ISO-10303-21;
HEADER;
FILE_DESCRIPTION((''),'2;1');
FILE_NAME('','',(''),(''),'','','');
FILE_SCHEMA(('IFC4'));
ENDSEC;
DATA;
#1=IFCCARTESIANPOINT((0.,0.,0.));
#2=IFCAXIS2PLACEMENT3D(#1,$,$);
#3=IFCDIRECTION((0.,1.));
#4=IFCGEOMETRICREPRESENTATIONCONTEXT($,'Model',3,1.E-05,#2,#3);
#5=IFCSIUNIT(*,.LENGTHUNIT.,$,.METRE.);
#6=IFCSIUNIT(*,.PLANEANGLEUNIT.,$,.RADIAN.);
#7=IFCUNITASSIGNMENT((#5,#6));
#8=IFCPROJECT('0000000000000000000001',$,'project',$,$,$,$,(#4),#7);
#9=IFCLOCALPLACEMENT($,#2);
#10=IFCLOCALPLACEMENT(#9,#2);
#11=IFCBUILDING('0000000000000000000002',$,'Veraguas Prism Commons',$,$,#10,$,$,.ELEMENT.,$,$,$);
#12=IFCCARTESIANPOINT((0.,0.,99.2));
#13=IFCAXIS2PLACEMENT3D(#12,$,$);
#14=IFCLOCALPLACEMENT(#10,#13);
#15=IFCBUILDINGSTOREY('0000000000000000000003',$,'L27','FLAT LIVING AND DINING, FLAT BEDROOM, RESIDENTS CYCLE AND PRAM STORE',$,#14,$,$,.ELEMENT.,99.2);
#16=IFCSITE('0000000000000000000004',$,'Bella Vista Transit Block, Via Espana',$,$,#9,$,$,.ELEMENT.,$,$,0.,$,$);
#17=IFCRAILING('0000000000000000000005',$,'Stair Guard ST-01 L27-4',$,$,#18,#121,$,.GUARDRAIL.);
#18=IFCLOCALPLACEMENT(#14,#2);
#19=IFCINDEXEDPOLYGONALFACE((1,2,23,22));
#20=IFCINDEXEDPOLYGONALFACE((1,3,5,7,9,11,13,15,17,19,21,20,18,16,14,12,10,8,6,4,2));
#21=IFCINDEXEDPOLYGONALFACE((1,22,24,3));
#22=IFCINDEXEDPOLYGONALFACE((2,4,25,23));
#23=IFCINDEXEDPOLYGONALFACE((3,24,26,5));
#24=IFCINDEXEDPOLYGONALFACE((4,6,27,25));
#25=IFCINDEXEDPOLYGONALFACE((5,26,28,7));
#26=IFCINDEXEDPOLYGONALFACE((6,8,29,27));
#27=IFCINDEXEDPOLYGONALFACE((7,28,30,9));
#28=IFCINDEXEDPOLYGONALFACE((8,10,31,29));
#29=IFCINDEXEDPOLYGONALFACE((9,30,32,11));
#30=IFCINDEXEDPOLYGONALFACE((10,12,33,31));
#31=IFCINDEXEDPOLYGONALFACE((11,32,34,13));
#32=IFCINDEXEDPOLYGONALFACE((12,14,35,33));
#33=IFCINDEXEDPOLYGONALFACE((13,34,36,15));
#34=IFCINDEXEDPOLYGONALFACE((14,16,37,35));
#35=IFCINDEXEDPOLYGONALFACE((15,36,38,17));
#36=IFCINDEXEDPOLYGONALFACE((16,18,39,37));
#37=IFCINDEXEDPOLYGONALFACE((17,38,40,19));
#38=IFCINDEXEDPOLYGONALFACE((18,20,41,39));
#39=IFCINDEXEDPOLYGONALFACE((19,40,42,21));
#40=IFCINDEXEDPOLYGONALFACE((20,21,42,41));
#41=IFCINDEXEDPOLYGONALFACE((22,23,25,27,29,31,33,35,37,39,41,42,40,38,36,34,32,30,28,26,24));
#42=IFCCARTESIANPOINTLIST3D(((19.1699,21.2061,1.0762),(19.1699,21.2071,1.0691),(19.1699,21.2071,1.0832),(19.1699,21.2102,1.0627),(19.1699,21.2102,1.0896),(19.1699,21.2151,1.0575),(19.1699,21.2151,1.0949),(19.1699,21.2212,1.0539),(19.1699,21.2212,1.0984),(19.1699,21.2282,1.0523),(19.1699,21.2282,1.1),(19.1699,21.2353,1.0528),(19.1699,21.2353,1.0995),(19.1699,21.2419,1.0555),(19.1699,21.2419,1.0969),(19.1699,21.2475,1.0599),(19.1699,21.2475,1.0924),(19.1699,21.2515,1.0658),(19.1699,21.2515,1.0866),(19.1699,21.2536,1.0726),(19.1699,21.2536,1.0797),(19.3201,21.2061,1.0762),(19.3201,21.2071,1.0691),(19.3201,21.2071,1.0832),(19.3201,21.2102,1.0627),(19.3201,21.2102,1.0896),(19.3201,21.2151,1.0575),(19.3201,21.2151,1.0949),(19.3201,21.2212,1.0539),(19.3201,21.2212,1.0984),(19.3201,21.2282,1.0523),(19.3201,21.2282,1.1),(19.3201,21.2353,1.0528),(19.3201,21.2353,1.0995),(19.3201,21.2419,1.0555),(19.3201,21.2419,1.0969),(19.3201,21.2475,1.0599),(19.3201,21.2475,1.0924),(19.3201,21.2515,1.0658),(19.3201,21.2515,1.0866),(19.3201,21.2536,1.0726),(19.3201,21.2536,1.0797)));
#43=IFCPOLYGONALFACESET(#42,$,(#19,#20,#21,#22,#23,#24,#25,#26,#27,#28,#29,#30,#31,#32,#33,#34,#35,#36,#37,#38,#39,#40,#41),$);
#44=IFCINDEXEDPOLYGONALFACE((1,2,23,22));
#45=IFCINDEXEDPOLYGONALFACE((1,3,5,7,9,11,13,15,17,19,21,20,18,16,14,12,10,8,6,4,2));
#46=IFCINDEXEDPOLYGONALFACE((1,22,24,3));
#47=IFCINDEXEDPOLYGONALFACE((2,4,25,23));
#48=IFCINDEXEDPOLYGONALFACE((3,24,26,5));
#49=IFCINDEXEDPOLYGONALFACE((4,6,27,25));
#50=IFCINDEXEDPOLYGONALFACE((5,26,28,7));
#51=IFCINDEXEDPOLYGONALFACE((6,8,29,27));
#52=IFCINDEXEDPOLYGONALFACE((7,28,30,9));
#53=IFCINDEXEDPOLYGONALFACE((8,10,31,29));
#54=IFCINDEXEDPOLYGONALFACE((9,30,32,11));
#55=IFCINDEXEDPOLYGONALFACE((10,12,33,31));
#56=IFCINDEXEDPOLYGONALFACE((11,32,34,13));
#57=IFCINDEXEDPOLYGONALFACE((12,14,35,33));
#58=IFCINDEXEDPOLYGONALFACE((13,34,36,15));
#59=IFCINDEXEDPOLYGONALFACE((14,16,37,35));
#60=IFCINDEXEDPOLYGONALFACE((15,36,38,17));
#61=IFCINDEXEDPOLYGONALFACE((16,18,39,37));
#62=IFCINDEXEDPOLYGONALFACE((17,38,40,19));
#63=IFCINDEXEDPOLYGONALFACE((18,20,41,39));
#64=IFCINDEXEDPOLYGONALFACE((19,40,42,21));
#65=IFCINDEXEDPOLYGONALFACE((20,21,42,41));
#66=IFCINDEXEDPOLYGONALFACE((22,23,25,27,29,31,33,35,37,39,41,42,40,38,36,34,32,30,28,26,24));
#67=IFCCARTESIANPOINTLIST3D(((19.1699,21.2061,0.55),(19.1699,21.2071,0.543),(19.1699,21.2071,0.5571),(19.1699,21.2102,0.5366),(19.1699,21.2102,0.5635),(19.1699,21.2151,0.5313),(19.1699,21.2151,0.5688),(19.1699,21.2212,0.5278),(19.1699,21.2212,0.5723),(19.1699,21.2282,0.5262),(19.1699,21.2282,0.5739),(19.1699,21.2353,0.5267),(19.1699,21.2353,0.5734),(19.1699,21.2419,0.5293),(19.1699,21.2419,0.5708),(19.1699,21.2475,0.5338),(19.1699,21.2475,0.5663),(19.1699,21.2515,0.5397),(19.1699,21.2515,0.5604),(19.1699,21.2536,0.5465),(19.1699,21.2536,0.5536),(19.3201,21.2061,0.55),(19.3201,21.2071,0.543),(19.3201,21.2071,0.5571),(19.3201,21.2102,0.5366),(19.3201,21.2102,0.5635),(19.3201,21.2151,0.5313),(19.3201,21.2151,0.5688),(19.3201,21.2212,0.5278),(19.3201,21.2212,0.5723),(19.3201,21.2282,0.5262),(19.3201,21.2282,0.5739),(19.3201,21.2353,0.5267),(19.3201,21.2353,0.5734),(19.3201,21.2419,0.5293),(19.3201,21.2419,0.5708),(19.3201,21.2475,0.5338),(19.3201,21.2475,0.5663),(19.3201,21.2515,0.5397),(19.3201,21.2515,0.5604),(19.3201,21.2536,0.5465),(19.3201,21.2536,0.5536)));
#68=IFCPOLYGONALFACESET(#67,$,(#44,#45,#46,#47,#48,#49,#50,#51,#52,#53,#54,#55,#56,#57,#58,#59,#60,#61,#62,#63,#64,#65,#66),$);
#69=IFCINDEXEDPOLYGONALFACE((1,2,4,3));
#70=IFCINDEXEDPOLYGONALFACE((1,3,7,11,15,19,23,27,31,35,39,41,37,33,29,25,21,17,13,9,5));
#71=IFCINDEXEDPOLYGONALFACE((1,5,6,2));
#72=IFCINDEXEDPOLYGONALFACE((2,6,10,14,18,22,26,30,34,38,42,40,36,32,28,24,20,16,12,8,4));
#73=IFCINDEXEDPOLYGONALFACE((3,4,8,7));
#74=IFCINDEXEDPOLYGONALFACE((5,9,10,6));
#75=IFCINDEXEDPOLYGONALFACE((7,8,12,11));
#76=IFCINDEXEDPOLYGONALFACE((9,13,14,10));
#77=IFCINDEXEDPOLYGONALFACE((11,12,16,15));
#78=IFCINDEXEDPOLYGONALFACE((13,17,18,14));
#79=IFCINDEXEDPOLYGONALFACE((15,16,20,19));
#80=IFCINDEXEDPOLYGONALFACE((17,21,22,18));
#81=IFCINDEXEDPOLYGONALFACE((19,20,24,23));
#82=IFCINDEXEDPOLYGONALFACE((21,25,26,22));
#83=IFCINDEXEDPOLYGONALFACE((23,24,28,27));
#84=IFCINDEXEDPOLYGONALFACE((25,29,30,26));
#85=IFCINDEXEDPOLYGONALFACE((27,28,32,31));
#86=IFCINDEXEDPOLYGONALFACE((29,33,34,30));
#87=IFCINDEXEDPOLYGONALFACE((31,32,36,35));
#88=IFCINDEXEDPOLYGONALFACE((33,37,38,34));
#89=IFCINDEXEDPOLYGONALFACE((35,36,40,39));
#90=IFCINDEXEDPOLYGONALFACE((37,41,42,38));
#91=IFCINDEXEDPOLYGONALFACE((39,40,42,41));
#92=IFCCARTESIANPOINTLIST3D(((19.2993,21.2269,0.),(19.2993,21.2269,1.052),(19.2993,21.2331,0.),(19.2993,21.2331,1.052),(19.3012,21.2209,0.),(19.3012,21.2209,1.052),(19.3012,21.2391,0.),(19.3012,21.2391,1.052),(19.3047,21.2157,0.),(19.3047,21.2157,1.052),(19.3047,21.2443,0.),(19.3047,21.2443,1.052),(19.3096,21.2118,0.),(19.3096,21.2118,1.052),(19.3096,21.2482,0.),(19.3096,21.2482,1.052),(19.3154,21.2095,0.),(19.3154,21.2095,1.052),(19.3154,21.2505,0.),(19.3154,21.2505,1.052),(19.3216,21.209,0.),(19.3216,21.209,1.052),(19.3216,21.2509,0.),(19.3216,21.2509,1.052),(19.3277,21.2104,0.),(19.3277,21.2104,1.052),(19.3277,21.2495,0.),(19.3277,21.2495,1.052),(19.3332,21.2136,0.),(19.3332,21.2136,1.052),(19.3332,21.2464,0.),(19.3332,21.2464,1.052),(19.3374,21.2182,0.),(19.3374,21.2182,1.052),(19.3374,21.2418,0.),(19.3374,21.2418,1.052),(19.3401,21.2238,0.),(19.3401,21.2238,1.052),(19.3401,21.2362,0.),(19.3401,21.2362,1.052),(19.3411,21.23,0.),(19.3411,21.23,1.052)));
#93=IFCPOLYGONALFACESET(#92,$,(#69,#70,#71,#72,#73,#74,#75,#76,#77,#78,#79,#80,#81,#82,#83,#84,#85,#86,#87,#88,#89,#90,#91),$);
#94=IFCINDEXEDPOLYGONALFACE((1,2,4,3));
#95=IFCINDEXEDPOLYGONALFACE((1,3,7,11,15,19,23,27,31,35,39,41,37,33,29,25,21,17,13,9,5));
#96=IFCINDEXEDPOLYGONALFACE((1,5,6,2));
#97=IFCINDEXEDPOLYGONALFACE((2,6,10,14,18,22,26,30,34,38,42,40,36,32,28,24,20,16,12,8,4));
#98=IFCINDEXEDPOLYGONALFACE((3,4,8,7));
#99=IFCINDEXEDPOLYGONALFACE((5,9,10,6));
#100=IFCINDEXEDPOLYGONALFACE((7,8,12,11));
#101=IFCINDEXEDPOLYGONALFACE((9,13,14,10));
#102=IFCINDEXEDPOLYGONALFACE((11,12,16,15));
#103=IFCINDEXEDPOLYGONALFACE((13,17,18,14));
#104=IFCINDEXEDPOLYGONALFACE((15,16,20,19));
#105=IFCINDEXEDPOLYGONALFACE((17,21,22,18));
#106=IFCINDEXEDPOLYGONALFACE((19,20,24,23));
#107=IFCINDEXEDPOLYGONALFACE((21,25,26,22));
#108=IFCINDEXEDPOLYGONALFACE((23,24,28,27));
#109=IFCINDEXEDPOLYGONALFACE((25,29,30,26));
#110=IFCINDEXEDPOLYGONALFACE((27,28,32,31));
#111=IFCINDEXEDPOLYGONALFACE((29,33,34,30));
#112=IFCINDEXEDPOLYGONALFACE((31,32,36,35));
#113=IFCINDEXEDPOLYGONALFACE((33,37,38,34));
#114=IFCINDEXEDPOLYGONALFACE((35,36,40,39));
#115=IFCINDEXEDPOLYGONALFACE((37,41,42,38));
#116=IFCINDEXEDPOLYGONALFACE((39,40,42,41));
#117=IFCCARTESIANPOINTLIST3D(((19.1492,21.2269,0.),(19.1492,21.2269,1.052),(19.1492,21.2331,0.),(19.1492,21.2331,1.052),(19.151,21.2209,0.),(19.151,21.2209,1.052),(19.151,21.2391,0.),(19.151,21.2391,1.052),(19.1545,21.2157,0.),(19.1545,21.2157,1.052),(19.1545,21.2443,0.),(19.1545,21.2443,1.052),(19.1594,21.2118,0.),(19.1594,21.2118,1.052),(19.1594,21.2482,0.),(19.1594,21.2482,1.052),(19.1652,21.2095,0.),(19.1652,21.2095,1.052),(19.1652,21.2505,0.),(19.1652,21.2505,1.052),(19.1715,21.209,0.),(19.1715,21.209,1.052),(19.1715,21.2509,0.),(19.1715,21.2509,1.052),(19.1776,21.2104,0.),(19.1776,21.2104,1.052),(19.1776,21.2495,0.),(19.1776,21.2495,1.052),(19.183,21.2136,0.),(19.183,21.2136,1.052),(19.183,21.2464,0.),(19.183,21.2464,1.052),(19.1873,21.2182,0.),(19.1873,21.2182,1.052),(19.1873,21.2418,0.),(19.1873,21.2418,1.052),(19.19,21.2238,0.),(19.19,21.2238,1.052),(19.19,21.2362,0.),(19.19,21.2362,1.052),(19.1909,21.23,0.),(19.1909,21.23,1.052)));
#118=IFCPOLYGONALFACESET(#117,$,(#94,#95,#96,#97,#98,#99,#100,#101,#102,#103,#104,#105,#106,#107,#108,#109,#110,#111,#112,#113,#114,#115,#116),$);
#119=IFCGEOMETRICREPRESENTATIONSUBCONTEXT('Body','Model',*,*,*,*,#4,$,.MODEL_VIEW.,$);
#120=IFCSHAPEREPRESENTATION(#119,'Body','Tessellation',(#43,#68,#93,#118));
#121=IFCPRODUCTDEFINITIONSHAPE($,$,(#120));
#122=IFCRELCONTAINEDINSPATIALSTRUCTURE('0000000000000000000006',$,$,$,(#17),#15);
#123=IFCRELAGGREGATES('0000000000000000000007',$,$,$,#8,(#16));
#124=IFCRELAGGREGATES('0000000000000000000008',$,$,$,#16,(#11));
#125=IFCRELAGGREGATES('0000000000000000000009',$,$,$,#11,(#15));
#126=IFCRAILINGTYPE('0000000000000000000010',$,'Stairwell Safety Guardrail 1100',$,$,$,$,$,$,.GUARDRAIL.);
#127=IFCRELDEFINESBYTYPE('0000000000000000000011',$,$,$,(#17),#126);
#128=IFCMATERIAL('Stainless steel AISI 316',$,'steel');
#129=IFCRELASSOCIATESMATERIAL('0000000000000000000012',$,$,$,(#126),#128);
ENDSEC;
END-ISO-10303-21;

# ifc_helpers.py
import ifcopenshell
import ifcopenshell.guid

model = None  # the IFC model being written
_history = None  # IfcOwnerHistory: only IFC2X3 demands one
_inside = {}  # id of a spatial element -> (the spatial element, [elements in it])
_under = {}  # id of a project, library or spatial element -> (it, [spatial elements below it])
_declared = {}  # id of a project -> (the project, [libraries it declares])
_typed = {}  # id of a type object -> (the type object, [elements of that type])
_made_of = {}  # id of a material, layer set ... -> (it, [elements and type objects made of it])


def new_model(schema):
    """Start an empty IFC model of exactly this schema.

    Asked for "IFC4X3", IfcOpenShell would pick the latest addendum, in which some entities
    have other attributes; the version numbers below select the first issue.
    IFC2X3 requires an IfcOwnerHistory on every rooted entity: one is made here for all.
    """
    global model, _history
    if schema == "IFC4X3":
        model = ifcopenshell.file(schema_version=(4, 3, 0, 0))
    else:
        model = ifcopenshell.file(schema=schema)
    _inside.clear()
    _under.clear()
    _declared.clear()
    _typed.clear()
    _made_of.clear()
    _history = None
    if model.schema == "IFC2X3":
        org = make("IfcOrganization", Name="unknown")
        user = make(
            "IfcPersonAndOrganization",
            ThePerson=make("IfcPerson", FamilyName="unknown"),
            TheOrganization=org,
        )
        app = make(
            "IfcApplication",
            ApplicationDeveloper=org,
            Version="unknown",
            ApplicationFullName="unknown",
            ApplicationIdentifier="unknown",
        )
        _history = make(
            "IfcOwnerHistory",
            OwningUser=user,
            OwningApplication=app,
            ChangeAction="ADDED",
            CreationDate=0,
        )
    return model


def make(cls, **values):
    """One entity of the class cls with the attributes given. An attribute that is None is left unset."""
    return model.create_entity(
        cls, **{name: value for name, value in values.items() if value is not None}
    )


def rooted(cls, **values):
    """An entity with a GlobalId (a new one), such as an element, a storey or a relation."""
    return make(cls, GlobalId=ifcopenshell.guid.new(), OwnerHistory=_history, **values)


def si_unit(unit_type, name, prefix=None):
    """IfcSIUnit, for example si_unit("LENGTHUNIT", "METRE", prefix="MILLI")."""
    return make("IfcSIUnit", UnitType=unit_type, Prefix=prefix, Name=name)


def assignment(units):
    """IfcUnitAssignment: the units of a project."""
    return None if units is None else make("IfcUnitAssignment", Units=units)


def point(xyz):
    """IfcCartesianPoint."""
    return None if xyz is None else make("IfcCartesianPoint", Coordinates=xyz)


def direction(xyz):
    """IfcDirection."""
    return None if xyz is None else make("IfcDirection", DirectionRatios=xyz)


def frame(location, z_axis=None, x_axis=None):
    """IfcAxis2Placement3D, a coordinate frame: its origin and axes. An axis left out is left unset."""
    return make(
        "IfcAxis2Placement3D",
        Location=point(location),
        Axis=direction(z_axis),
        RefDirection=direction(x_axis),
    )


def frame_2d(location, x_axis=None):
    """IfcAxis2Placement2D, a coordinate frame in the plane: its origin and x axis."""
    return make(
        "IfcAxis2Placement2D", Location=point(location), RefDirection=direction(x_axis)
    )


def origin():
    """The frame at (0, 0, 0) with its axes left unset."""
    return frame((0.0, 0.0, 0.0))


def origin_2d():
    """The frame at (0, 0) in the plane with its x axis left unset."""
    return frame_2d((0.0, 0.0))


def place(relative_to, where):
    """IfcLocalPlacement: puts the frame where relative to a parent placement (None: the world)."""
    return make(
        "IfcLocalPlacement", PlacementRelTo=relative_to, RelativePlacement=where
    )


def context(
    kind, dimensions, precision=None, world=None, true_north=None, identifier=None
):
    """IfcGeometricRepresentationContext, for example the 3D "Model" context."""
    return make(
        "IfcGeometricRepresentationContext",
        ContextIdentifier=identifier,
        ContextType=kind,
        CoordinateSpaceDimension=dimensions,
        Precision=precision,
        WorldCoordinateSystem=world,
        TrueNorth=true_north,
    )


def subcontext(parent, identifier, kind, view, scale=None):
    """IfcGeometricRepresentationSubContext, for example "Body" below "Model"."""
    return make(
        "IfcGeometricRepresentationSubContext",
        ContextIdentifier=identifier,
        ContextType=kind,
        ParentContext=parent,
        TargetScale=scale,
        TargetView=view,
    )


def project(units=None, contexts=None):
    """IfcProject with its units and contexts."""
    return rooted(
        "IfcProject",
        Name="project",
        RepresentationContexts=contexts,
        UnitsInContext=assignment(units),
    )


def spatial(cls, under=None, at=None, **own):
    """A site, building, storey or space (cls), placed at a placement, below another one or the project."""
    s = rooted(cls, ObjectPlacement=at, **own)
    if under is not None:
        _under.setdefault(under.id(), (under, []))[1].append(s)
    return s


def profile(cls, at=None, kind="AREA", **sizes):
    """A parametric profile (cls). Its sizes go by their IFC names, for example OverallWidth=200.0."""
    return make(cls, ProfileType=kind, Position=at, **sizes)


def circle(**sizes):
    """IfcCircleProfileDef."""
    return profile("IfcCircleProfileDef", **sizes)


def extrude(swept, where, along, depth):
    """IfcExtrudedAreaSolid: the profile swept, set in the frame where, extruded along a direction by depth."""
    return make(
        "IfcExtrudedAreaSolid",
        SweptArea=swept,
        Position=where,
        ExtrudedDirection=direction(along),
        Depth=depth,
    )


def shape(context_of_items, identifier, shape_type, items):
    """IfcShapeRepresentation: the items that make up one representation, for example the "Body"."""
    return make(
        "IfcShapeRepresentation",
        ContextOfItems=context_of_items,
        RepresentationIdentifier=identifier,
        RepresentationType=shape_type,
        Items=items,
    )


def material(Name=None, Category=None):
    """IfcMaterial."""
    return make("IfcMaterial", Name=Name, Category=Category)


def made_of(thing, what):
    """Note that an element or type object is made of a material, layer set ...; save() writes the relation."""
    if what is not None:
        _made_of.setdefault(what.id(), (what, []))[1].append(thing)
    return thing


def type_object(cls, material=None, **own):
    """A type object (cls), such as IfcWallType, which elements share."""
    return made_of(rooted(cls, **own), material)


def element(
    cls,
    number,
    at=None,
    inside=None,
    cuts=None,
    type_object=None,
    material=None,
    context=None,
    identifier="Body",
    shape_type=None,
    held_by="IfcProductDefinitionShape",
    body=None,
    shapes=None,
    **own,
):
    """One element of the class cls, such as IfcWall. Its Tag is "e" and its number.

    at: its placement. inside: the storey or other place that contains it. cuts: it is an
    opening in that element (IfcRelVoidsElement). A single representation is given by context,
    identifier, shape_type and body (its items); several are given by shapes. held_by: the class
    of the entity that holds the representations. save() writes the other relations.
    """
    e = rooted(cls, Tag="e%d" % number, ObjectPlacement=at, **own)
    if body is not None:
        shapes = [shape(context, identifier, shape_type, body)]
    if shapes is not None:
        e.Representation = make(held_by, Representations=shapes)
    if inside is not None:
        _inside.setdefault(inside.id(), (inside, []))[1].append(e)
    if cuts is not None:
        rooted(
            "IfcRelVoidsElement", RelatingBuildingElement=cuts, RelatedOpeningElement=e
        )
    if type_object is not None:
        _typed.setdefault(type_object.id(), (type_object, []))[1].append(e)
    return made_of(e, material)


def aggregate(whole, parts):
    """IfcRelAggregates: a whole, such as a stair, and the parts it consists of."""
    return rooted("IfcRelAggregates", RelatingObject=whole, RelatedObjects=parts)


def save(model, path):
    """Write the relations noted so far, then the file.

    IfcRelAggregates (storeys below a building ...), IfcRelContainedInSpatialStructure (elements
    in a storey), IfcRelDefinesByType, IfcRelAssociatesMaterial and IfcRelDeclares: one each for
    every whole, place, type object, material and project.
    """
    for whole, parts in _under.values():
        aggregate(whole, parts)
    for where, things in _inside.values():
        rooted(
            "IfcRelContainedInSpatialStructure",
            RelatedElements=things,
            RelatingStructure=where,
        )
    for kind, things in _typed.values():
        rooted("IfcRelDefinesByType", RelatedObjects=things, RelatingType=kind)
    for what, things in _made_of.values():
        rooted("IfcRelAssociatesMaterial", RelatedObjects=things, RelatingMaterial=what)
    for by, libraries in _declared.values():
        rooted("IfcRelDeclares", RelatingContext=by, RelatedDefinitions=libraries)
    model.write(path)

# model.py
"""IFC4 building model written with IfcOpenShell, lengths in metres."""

from ifc_helpers import new_model, si_unit, direction, frame, origin, origin_2d, place, context, subcontext, project, spatial, circle, extrude, material, type_object, element, save


model = new_model("IFC4")

# Units and contexts
model_context = context("Model", 3, precision=1e-05, world=origin(), true_north=direction((0.0, 1.0)))
body_context = subcontext(model_context, "Body", "Model", "MODEL_VIEW")
ifc_project = project(units=[si_unit("LENGTHUNIT", "METRE"), si_unit("PLANEANGLEUNIT", "RADIAN")], contexts=[model_context])

# Site, building, storey
site_placement = place(None, origin())
site = spatial("IfcSite", under=ifc_project, at=site_placement, Name="Bella Vista Transit Block, Via Espana", CompositionType="ELEMENT", RefElevation=0.0)
building_placement = place(site_placement, origin())
building = spatial("IfcBuilding", under=site, at=building_placement, Name="Veraguas Prism Commons", CompositionType="ELEMENT")
storey_placement = place(building_placement, frame((0.0, 0.0, 99.2)))
storey = spatial("IfcBuildingStorey", under=building, at=storey_placement, Name="L27", Description="FLAT LIVING AND DINING, FLAT BEDROOM, RESIDENTS CYCLE AND PRAM STORE", CompositionType="ELEMENT", Elevation=99.2)

# Railing
ifc_material_1 = material(Name="Stainless steel AISI 316", Category="steel")
railing_type = type_object("IfcRailingType", Name="Stairwell Safety Guardrail 1100", PredefinedType="GUARDRAIL", material=ifc_material_1)
railing_1_placement = place(storey_placement, frame((19.3201, 21.23, 0.0)))
element("IfcRailing", 1, at=railing_1_placement, inside=storey, type_object=railing_type, Name="Stair Guard ST-01 L27-4", PredefinedType="GUARDRAIL", context=body_context, shape_type="SweptSolid", body=[
    extrude(circle(Radius=0.0239, at=origin_2d()), frame((0.0, 0.0, 1.0762), z_axis=(-1.0, 0.0, 0.0), x_axis=(0.0, -1.0, 0.0)), (0.0, 0.0, 1.0), 0.1501),
    extrude(circle(Radius=0.0239, at=origin_2d()), frame((0.0, 0.0, 0.55), z_axis=(-1.0, 0.0, 0.0), x_axis=(0.0, -1.0, 0.0)), (0.0, 0.0, 1.0), 0.1501),
    extrude(circle(Radius=0.021, at=origin_2d()), origin(), (0.0, 0.0, 1.0), 1.052),
    extrude(circle(Radius=0.021, at=origin_2d()), frame((-0.1501, 0.0, 0.0)), (0.0, 0.0, 1.0), 1.052),
])

save(model, "model.ifc")
